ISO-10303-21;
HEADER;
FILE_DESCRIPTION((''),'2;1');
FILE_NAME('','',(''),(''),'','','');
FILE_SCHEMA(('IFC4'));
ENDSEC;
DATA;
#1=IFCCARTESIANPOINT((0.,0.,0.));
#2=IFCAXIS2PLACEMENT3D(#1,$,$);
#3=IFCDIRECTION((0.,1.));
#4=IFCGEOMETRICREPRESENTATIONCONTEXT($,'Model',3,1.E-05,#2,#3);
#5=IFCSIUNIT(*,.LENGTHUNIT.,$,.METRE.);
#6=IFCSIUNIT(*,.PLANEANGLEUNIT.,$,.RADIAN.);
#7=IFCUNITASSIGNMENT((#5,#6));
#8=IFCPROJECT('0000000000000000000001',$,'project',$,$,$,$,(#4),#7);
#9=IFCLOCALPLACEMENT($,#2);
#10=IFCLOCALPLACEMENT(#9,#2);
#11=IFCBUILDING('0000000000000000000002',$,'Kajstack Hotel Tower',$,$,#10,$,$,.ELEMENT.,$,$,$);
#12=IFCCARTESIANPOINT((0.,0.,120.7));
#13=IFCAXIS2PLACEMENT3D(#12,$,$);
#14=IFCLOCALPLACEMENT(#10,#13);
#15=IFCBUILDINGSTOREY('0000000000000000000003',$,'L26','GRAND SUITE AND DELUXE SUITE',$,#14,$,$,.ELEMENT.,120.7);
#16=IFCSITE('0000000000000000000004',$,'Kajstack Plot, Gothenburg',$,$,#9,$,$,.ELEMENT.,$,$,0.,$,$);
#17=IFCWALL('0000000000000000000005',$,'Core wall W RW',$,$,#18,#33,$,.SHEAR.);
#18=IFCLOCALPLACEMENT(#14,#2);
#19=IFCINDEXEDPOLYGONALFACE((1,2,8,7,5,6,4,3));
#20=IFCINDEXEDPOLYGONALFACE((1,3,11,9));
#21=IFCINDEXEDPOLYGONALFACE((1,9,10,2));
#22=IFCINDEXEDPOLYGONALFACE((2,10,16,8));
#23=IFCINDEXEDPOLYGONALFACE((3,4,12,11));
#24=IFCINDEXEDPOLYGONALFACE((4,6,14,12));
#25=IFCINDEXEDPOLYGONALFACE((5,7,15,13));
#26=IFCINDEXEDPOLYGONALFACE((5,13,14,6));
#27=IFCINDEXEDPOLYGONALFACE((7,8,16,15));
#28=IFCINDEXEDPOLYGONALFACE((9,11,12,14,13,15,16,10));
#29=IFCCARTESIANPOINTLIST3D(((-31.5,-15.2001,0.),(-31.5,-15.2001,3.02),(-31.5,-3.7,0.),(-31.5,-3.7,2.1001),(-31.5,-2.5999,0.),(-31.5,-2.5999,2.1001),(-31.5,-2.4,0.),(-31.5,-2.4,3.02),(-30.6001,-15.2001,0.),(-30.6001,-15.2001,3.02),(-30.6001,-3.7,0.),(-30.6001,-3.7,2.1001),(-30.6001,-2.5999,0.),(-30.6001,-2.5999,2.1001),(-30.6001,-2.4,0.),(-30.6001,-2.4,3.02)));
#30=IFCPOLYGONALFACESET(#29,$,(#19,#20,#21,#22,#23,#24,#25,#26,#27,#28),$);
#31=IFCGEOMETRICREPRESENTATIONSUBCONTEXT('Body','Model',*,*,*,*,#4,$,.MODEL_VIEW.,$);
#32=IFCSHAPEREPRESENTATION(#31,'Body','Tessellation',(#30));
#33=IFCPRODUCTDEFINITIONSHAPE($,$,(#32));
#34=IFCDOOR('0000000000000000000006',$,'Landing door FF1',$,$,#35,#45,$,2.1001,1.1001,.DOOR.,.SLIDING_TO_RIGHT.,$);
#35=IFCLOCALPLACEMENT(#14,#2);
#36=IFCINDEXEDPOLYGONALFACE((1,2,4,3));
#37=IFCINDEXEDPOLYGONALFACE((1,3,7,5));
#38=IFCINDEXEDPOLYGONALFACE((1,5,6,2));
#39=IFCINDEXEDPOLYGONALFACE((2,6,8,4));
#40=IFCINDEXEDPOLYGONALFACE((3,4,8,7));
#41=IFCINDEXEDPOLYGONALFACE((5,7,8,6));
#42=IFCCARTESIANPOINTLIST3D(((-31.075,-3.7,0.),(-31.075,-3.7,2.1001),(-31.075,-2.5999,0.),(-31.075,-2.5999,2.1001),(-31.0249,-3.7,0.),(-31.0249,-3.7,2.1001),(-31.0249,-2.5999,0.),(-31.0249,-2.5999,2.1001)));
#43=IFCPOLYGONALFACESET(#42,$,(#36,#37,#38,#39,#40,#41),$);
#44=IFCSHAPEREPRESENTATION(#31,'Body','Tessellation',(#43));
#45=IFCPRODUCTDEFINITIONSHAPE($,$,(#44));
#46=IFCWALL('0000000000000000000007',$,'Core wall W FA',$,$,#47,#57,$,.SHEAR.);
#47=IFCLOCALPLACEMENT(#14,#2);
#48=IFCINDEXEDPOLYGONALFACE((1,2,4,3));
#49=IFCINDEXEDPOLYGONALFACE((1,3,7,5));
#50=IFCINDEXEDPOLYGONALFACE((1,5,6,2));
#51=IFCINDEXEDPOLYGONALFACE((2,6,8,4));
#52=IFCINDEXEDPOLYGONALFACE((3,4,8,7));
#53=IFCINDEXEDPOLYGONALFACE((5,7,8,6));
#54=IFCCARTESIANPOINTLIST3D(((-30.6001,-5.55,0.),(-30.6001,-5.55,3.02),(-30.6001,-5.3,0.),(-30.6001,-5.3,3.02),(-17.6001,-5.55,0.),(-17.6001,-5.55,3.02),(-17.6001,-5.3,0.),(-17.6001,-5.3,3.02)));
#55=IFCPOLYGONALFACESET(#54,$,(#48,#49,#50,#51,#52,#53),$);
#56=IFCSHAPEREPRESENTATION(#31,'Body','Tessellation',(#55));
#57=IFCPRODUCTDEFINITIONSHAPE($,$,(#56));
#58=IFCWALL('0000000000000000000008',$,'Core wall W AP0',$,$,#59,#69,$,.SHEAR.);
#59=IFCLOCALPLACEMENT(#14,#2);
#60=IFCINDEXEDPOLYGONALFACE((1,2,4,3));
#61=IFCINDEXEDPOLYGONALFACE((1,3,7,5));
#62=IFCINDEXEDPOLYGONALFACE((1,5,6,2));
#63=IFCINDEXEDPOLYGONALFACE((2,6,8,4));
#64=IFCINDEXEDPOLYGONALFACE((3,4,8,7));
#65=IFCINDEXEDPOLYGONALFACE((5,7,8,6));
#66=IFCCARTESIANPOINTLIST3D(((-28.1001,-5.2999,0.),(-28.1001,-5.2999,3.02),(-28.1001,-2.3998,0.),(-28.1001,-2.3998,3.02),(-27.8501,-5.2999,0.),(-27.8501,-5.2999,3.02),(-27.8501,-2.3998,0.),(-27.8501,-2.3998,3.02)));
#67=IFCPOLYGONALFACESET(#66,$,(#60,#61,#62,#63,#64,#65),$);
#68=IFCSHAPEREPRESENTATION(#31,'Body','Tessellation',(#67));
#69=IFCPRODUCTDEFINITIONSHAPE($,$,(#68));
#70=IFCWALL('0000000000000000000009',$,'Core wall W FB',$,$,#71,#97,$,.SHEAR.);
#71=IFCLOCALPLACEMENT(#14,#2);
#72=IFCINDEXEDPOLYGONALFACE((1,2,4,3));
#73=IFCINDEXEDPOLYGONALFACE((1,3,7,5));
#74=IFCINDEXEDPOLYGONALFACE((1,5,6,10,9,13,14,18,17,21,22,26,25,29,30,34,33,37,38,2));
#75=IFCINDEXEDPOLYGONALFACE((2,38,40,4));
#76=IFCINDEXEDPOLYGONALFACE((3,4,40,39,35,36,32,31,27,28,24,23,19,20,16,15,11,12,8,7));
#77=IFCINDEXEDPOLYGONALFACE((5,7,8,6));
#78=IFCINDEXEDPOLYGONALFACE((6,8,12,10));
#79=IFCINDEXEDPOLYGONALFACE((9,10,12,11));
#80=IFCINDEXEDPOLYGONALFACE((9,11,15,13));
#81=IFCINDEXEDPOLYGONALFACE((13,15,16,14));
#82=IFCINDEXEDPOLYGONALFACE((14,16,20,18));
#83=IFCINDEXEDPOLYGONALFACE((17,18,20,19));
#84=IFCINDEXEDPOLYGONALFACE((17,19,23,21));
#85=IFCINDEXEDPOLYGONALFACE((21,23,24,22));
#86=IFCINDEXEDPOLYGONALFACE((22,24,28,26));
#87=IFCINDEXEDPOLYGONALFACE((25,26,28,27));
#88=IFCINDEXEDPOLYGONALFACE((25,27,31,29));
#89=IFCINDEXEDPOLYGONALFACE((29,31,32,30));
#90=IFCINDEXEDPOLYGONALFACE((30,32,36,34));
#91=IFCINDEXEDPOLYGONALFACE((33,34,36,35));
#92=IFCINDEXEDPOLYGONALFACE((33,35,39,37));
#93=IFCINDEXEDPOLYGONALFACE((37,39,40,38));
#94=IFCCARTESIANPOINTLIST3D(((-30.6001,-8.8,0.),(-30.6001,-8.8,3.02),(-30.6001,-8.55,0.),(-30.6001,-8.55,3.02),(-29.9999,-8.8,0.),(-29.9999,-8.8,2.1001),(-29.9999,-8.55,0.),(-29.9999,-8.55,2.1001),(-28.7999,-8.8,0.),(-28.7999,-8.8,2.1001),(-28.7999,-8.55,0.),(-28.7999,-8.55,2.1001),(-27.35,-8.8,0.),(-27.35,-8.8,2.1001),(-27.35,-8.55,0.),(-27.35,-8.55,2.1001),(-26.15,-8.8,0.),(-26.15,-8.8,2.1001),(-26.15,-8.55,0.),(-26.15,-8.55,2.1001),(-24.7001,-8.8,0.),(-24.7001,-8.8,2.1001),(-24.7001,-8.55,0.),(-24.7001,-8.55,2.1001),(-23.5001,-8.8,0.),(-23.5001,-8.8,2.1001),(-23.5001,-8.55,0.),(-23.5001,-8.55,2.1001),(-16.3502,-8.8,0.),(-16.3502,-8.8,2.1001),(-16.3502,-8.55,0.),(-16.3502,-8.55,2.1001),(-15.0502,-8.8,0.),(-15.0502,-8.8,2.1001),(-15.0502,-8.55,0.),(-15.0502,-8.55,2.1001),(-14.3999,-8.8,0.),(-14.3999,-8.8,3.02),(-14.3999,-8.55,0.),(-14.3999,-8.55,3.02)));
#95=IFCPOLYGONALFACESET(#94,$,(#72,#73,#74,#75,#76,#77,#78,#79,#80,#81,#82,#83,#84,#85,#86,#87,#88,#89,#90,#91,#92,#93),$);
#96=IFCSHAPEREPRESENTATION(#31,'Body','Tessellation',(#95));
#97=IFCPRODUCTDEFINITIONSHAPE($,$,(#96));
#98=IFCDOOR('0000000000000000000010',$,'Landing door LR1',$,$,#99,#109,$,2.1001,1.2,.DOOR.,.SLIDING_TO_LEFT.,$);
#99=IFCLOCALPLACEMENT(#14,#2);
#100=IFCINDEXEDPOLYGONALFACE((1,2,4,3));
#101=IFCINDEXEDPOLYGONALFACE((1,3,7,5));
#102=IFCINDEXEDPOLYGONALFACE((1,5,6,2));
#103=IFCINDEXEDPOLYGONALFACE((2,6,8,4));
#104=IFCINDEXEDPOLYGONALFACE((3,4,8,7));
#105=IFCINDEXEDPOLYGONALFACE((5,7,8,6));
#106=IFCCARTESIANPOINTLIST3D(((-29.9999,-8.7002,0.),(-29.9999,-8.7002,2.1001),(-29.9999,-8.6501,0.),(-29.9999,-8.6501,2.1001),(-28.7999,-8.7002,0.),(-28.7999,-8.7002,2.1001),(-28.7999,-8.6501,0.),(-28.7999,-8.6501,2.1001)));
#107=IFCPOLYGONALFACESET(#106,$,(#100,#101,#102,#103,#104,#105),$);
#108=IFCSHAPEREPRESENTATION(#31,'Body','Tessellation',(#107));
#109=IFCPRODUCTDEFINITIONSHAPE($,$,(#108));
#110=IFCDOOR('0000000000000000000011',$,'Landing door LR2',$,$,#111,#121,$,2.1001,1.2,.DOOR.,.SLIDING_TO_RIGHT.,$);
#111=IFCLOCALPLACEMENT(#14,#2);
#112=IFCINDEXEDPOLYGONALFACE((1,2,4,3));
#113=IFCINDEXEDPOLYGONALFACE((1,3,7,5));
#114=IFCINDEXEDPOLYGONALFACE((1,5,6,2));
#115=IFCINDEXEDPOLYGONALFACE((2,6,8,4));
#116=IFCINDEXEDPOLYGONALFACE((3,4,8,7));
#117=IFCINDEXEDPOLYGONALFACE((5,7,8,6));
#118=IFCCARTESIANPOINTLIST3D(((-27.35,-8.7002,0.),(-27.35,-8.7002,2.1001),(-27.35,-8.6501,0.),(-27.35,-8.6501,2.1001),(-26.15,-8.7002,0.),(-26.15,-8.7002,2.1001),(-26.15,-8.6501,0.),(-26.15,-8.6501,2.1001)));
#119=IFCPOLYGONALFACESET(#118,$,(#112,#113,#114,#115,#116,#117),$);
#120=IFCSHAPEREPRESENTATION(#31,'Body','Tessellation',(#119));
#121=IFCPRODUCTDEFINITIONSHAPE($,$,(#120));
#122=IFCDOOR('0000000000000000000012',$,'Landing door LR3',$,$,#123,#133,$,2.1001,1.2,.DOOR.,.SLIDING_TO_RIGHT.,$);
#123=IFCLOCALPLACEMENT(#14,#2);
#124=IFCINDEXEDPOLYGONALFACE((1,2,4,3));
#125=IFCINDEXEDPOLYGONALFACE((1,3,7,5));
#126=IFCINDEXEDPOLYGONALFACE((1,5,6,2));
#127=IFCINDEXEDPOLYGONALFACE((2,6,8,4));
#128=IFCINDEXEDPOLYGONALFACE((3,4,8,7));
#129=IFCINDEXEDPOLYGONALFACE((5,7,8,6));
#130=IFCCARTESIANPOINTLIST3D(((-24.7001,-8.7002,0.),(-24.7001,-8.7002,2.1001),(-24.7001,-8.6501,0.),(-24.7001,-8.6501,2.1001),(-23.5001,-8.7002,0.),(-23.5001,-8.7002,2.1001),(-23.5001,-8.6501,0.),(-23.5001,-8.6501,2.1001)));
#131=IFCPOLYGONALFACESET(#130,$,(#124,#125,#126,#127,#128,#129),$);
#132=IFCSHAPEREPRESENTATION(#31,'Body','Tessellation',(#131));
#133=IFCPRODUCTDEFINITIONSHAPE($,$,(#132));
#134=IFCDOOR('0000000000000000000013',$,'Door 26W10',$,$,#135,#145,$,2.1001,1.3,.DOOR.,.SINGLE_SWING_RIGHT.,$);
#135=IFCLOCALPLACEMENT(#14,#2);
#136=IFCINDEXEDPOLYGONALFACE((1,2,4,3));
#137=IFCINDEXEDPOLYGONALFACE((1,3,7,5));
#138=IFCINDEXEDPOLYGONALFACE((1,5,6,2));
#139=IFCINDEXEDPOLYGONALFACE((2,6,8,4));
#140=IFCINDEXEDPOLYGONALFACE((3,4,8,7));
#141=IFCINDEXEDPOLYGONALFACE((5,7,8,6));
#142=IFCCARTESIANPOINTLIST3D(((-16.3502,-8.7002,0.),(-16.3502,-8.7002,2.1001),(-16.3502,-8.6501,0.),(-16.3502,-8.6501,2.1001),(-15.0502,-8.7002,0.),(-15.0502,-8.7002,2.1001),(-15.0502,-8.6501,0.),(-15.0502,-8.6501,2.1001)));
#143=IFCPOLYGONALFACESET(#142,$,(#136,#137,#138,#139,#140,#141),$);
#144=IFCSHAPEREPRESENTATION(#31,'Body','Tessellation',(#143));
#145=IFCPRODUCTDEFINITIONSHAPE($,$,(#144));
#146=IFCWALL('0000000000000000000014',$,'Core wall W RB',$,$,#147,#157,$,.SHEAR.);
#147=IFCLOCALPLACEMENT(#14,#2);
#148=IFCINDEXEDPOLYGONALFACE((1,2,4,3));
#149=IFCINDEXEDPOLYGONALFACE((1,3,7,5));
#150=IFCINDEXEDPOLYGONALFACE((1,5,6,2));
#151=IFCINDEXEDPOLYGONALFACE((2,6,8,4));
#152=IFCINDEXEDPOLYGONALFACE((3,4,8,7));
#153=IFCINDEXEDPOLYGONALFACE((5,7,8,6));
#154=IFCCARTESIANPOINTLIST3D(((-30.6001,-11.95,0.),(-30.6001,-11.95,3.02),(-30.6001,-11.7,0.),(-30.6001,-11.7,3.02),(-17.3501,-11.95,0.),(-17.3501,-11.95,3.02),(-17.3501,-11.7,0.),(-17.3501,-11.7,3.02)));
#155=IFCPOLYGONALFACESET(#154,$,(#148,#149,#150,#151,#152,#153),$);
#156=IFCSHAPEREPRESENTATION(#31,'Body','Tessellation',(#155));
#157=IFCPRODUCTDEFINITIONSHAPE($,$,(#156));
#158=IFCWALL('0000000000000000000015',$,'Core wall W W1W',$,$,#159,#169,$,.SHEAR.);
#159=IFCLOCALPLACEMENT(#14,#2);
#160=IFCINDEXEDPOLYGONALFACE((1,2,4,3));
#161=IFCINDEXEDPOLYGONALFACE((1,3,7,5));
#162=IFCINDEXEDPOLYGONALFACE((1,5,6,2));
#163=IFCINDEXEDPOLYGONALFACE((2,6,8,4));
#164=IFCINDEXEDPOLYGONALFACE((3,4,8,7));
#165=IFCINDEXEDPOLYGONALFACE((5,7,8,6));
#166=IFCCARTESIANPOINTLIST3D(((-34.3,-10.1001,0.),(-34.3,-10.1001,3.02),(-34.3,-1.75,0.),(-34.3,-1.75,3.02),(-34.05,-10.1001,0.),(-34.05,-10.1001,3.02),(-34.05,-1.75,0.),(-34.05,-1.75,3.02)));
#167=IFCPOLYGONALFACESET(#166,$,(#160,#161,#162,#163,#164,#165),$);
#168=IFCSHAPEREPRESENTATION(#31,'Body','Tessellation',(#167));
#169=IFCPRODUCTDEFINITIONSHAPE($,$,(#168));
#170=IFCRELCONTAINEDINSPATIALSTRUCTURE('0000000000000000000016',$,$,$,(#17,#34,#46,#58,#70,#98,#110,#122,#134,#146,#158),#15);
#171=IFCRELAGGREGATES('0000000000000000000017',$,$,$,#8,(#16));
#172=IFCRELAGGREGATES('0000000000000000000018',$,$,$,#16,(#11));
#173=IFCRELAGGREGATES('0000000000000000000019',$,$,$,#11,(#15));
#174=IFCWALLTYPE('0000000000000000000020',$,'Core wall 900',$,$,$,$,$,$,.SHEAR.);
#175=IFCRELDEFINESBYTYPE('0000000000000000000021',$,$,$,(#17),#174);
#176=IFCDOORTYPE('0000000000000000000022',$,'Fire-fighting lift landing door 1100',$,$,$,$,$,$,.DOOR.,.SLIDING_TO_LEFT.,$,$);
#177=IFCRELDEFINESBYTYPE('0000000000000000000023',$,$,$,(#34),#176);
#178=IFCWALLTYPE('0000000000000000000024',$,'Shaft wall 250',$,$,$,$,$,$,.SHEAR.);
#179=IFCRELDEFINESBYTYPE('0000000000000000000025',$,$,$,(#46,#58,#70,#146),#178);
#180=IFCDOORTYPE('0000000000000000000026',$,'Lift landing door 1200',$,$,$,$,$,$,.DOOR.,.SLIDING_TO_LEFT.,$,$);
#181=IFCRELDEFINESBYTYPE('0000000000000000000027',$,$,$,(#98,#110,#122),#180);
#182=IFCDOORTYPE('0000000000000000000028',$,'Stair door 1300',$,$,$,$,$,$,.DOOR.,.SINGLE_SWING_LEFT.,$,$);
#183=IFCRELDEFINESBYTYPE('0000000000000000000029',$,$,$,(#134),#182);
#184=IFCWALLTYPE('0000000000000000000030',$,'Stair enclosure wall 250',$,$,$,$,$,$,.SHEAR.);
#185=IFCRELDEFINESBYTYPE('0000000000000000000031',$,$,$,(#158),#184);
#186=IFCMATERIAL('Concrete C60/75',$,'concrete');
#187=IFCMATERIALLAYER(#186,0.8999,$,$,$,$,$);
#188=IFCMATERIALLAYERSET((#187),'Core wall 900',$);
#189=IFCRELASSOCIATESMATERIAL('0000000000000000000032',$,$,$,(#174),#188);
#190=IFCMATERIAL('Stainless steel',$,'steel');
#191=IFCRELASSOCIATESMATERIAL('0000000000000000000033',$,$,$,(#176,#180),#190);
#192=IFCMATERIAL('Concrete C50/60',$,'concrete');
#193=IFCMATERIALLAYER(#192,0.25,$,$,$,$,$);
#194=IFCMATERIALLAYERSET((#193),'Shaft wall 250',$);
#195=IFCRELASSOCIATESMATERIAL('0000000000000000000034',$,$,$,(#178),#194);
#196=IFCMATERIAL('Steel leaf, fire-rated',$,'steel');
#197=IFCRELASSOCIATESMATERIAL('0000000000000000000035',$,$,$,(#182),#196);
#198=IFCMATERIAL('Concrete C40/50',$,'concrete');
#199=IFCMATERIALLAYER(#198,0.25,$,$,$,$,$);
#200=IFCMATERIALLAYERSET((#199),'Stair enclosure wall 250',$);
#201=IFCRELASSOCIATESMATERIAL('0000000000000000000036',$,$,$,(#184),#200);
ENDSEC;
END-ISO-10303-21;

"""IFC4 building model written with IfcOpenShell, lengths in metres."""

from ifc_helpers import new_model, si_unit, direction, frame, frame_2d, origin, place, context, subcontext, project, spatial, rectangle, extrude, material, layer, layer_set, type_object, element, fill, save


model = new_model("IFC4")

# Units and contexts
model_context = context("Model", 3, precision=1e-05, world=origin(), true_north=direction((0.0, 1.0)))
body_context = subcontext(model_context, "Body", "Model", "MODEL_VIEW")
ifc_project = project(units=[si_unit("LENGTHUNIT", "METRE"), si_unit("PLANEANGLEUNIT", "RADIAN")], contexts=[model_context])

# Site, building, storey
site_placement = place(None, origin())
site = spatial("IfcSite", under=ifc_project, at=site_placement, Name="Kajstack Plot, Gothenburg", CompositionType="ELEMENT", RefElevation=0.0)
building_placement = place(site_placement, origin())
building = spatial("IfcBuilding", under=site, at=building_placement, Name="Kajstack Hotel Tower", CompositionType="ELEMENT")
storey_placement = place(building_placement, frame((0.0, 0.0, 120.7)))
storey = spatial("IfcBuildingStorey", under=building, at=storey_placement, Name="L26", Description="GRAND SUITE AND DELUXE SUITE", CompositionType="ELEMENT", Elevation=120.7)

# Wall, opening, door
ifc_material_1 = material(Name="Concrete C60/75", Category="concrete")
ifc_layer_1 = layer(ifc_material_1, 0.8999)
ifc_layer_set_1 = layer_set([ifc_layer_1], Name="Core wall 900")
wall_type_1 = type_object("IfcWallType", Name="Core wall 900", PredefinedType="SHEAR", material=ifc_layer_set_1)
wall_1_placement = place(storey_placement, frame((-31.05, -15.2, 0.0), z_axis=(0.0, 0.0, 1.0), x_axis=(0.0, 1.0, 0.0)))
wall_1 = element("IfcWall", 1, at=wall_1_placement, inside=storey, type_object=wall_type_1, Name="Core wall W RW", PredefinedType="SHEAR", context=body_context, shape_type="SweptSolid", body=[
    extrude(rectangle(XDim=12.8, YDim=0.8999, at=frame_2d((6.3999, 0.0))), origin(), (0.0, 0.0, 1.0), 3.02),
])
opening_1_placement = place(wall_1_placement, frame((11.5, 0.0, 0.0)))
opening_1 = element("IfcOpeningElement", 2, at=opening_1_placement, cuts=wall_1, PredefinedType="OPENING", context=body_context, shape_type="SweptSolid", body=[
    extrude(rectangle(XDim=1.1001, YDim=2.1001, at=frame_2d((0.55, 1.05))), frame((0.0, 0.46, 0.0), z_axis=(0.0, -1.0, 0.0), x_axis=(1.0, 0.0, 0.0)), (0.0, 0.0, 1.0), 0.9199),
])
ifc_material_2 = material(Name="Stainless steel", Category="steel")
door_type_1 = type_object("IfcDoorType", Name="Fire-fighting lift landing door 1100", OperationType="SLIDING_TO_LEFT", PredefinedType="DOOR", material=ifc_material_2)
door_1_placement = place(opening_1_placement, origin())
door_1 = element("IfcDoor", 3, at=door_1_placement, inside=storey, type_object=door_type_1, Name="Landing door FF1", OperationType="SLIDING_TO_RIGHT", OverallHeight=2.1001, OverallWidth=1.1001, PredefinedType="DOOR", context=body_context, shape_type="SweptSolid", body=[
    extrude(rectangle(XDim=1.1001, YDim=2.1001, at=frame_2d((0.55, 1.05))), frame((0.0, 0.0249, 0.0), z_axis=(0.0, -1.0, 0.0), x_axis=(1.0, 0.0, 0.0)), (0.0, 0.0, 1.0), 0.05),
])
fill(opening_1, door_1)

# Walls
ifc_material_3 = material(Name="Concrete C50/60", Category="concrete")
ifc_layer_2 = layer(ifc_material_3, 0.25)
ifc_layer_set_2 = layer_set([ifc_layer_2], Name="Shaft wall 250")
wall_type_2 = type_object("IfcWallType", Name="Shaft wall 250", PredefinedType="SHEAR", material=ifc_layer_set_2)
wall_2_placement = place(storey_placement, frame((-30.6001, -5.425, 0.0), z_axis=(0.0, 0.0, 1.0), x_axis=(1.0, 0.0, 0.0)))
element("IfcWall", 4, at=wall_2_placement, inside=storey, type_object=wall_type_2, Name="Core wall W FA", PredefinedType="SHEAR", context=body_context, shape_type="SweptSolid", body=[
    extrude(rectangle(XDim=13.0, YDim=0.25, at=frame_2d((6.5, 0.0))), origin(), (0.0, 0.0, 1.0), 3.02),
])
wall_3_placement = place(storey_placement, frame((-27.9751, -5.3, 0.0), z_axis=(0.0, 0.0, 1.0), x_axis=(0.0, 1.0, 0.0)))
element("IfcWall", 5, at=wall_3_placement, inside=storey, type_object=wall_type_2, Name="Core wall W AP0", PredefinedType="SHEAR", context=body_context, shape_type="SweptSolid", body=[
    extrude(rectangle(XDim=2.9001, YDim=0.25, at=frame_2d((1.4502, 0.0))), origin(), (0.0, 0.0, 1.0), 3.02),
])

# Wall, openings, doors
wall_4_placement = place(storey_placement, frame((-30.6001, -8.675, 0.0), z_axis=(0.0, 0.0, 1.0), x_axis=(1.0, 0.0, 0.0)))
wall_4 = element("IfcWall", 6, at=wall_4_placement, inside=storey, type_object=wall_type_2, Name="Core wall W FB", PredefinedType="SHEAR", context=body_context, shape_type="SweptSolid", body=[
    extrude(rectangle(XDim=16.2002, YDim=0.25, at=frame_2d((8.1001, 0.0))), origin(), (0.0, 0.0, 1.0), 3.02),
])
opening_2_placement = place(wall_4_placement, frame((0.6001, 0.0, 0.0)))
opening_2 = element("IfcOpeningElement", 7, at=opening_2_placement, cuts=wall_4, PredefinedType="OPENING", context=body_context, shape_type="SweptSolid", body=[
    extrude(rectangle(XDim=1.2, YDim=2.1001, at=frame_2d((0.6001, 1.05))), frame((0.0, 0.135, 0.0), z_axis=(0.0, -1.0, 0.0), x_axis=(1.0, 0.0, 0.0)), (0.0, 0.0, 1.0), 0.27),
])
opening_3_placement = place(wall_4_placement, frame((3.25, 0.0, 0.0)))
opening_3 = element("IfcOpeningElement", 8, at=opening_3_placement, cuts=wall_4, PredefinedType="OPENING", context=body_context, shape_type="SweptSolid", body=[
    extrude(rectangle(XDim=1.2, YDim=2.1001, at=frame_2d((0.6001, 1.05))), frame((0.0, 0.135, 0.0), z_axis=(0.0, -1.0, 0.0), x_axis=(1.0, 0.0, 0.0)), (0.0, 0.0, 1.0), 0.27),
])
opening_4_placement = place(wall_4_placement, frame((5.8999, 0.0, 0.0)))
opening_4 = element("IfcOpeningElement", 9, at=opening_4_placement, cuts=wall_4, PredefinedType="OPENING", context=body_context, shape_type="SweptSolid", body=[
    extrude(rectangle(XDim=1.2, YDim=2.1001, at=frame_2d((0.6001, 1.05))), frame((0.0, 0.135, 0.0), z_axis=(0.0, -1.0, 0.0), x_axis=(1.0, 0.0, 0.0)), (0.0, 0.0, 1.0), 0.27),
])
opening_5_placement = place(wall_4_placement, frame((14.25, 0.0, 0.0)))
opening_5 = element("IfcOpeningElement", 10, at=opening_5_placement, cuts=wall_4, PredefinedType="OPENING", context=body_context, shape_type="SweptSolid", body=[
    extrude(rectangle(XDim=1.3, YDim=2.1001, at=frame_2d((0.6499, 1.05))), frame((0.0, 0.135, 0.0), z_axis=(0.0, -1.0, 0.0), x_axis=(1.0, 0.0, 0.0)), (0.0, 0.0, 1.0), 0.27),
])
door_type_2 = type_object("IfcDoorType", Name="Lift landing door 1200", OperationType="SLIDING_TO_LEFT", PredefinedType="DOOR", material=ifc_material_2)
door_2_placement = place(opening_2_placement, origin())
door_2 = element("IfcDoor", 11, at=door_2_placement, inside=storey, type_object=door_type_2, Name="Landing door LR1", OperationType="SLIDING_TO_LEFT", OverallHeight=2.1001, OverallWidth=1.2, PredefinedType="DOOR", context=body_context, shape_type="SweptSolid", body=[
    extrude(rectangle(XDim=1.2, YDim=2.1001, at=frame_2d((0.6001, 1.05))), frame((0.0, 0.0249, 0.0), z_axis=(0.0, -1.0, 0.0), x_axis=(1.0, 0.0, 0.0)), (0.0, 0.0, 1.0), 0.05),
])
fill(opening_2, door_2)
door_3_placement = place(opening_3_placement, origin())
door_3 = element("IfcDoor", 12, at=door_3_placement, inside=storey, type_object=door_type_2, Name="Landing door LR2", OperationType="SLIDING_TO_RIGHT", OverallHeight=2.1001, OverallWidth=1.2, PredefinedType="DOOR", context=body_context, shape_type="SweptSolid", body=[
    extrude(rectangle(XDim=1.2, YDim=2.1001, at=frame_2d((0.6001, 1.05))), frame((0.0, 0.0249, 0.0), z_axis=(0.0, -1.0, 0.0), x_axis=(1.0, 0.0, 0.0)), (0.0, 0.0, 1.0), 0.05),
])
fill(opening_3, door_3)
door_4_placement = place(opening_4_placement, origin())
door_4 = element("IfcDoor", 13, at=door_4_placement, inside=storey, type_object=door_type_2, Name="Landing door LR3", OperationType="SLIDING_TO_RIGHT", OverallHeight=2.1001, OverallWidth=1.2, PredefinedType="DOOR", context=body_context, shape_type="SweptSolid", body=[
    extrude(rectangle(XDim=1.2, YDim=2.1001, at=frame_2d((0.6001, 1.05))), frame((0.0, 0.0249, 0.0), z_axis=(0.0, -1.0, 0.0), x_axis=(1.0, 0.0, 0.0)), (0.0, 0.0, 1.0), 0.05),
])
fill(opening_4, door_4)
ifc_material_4 = material(Name="Steel leaf, fire-rated", Category="steel")
door_type_3 = type_object("IfcDoorType", Name="Stair door 1300", OperationType="SINGLE_SWING_LEFT", PredefinedType="DOOR", material=ifc_material_4)
door_5_placement = place(opening_5_placement, origin())
door_5 = element("IfcDoor", 14, at=door_5_placement, inside=storey, type_object=door_type_3, Name="Door 26W10", OperationType="SINGLE_SWING_RIGHT", OverallHeight=2.1001, OverallWidth=1.3, PredefinedType="DOOR", context=body_context, shape_type="SweptSolid", body=[
    extrude(rectangle(XDim=1.3, YDim=2.1001, at=frame_2d((0.6499, 1.05))), frame((0.0, 0.0249, 0.0), z_axis=(0.0, -1.0, 0.0), x_axis=(1.0, 0.0, 0.0)), (0.0, 0.0, 1.0), 0.05),
])
fill(opening_5, door_5)

# Walls
wall_5_placement = place(storey_placement, frame((-30.6001, -11.825, 0.0), z_axis=(0.0, 0.0, 1.0), x_axis=(1.0, 0.0, 0.0)))
element("IfcWall", 15, at=wall_5_placement, inside=storey, type_object=wall_type_2, Name="Core wall W RB", PredefinedType="SHEAR", context=body_context, shape_type="SweptSolid", body=[
    extrude(rectangle(XDim=13.25, YDim=0.25, at=frame_2d((6.625, 0.0))), origin(), (0.0, 0.0, 1.0), 3.02),
])
ifc_material_5 = material(Name="Concrete C40/50", Category="concrete")
ifc_layer_3 = layer(ifc_material_5, 0.25)
ifc_layer_set_3 = layer_set([ifc_layer_3], Name="Stair enclosure wall 250")
wall_type_3 = type_object("IfcWallType", Name="Stair enclosure wall 250", PredefinedType="SHEAR", material=ifc_layer_set_3)
wall_6_placement = place(storey_placement, frame((-34.175, -10.1001, 0.0), z_axis=(0.0, 0.0, 1.0), x_axis=(0.0, 1.0, 0.0)))
element("IfcWall", 16, at=wall_6_placement, inside=storey, type_object=wall_type_3, Name="Core wall W W1W", PredefinedType="SHEAR", context=body_context, shape_type="SweptSolid", body=[
    extrude(rectangle(XDim=8.3501, YDim=0.25, at=frame_2d((4.175, 0.0))), origin(), (0.0, 0.0, 1.0), 3.02),
])

save(model, "model.ifc")
